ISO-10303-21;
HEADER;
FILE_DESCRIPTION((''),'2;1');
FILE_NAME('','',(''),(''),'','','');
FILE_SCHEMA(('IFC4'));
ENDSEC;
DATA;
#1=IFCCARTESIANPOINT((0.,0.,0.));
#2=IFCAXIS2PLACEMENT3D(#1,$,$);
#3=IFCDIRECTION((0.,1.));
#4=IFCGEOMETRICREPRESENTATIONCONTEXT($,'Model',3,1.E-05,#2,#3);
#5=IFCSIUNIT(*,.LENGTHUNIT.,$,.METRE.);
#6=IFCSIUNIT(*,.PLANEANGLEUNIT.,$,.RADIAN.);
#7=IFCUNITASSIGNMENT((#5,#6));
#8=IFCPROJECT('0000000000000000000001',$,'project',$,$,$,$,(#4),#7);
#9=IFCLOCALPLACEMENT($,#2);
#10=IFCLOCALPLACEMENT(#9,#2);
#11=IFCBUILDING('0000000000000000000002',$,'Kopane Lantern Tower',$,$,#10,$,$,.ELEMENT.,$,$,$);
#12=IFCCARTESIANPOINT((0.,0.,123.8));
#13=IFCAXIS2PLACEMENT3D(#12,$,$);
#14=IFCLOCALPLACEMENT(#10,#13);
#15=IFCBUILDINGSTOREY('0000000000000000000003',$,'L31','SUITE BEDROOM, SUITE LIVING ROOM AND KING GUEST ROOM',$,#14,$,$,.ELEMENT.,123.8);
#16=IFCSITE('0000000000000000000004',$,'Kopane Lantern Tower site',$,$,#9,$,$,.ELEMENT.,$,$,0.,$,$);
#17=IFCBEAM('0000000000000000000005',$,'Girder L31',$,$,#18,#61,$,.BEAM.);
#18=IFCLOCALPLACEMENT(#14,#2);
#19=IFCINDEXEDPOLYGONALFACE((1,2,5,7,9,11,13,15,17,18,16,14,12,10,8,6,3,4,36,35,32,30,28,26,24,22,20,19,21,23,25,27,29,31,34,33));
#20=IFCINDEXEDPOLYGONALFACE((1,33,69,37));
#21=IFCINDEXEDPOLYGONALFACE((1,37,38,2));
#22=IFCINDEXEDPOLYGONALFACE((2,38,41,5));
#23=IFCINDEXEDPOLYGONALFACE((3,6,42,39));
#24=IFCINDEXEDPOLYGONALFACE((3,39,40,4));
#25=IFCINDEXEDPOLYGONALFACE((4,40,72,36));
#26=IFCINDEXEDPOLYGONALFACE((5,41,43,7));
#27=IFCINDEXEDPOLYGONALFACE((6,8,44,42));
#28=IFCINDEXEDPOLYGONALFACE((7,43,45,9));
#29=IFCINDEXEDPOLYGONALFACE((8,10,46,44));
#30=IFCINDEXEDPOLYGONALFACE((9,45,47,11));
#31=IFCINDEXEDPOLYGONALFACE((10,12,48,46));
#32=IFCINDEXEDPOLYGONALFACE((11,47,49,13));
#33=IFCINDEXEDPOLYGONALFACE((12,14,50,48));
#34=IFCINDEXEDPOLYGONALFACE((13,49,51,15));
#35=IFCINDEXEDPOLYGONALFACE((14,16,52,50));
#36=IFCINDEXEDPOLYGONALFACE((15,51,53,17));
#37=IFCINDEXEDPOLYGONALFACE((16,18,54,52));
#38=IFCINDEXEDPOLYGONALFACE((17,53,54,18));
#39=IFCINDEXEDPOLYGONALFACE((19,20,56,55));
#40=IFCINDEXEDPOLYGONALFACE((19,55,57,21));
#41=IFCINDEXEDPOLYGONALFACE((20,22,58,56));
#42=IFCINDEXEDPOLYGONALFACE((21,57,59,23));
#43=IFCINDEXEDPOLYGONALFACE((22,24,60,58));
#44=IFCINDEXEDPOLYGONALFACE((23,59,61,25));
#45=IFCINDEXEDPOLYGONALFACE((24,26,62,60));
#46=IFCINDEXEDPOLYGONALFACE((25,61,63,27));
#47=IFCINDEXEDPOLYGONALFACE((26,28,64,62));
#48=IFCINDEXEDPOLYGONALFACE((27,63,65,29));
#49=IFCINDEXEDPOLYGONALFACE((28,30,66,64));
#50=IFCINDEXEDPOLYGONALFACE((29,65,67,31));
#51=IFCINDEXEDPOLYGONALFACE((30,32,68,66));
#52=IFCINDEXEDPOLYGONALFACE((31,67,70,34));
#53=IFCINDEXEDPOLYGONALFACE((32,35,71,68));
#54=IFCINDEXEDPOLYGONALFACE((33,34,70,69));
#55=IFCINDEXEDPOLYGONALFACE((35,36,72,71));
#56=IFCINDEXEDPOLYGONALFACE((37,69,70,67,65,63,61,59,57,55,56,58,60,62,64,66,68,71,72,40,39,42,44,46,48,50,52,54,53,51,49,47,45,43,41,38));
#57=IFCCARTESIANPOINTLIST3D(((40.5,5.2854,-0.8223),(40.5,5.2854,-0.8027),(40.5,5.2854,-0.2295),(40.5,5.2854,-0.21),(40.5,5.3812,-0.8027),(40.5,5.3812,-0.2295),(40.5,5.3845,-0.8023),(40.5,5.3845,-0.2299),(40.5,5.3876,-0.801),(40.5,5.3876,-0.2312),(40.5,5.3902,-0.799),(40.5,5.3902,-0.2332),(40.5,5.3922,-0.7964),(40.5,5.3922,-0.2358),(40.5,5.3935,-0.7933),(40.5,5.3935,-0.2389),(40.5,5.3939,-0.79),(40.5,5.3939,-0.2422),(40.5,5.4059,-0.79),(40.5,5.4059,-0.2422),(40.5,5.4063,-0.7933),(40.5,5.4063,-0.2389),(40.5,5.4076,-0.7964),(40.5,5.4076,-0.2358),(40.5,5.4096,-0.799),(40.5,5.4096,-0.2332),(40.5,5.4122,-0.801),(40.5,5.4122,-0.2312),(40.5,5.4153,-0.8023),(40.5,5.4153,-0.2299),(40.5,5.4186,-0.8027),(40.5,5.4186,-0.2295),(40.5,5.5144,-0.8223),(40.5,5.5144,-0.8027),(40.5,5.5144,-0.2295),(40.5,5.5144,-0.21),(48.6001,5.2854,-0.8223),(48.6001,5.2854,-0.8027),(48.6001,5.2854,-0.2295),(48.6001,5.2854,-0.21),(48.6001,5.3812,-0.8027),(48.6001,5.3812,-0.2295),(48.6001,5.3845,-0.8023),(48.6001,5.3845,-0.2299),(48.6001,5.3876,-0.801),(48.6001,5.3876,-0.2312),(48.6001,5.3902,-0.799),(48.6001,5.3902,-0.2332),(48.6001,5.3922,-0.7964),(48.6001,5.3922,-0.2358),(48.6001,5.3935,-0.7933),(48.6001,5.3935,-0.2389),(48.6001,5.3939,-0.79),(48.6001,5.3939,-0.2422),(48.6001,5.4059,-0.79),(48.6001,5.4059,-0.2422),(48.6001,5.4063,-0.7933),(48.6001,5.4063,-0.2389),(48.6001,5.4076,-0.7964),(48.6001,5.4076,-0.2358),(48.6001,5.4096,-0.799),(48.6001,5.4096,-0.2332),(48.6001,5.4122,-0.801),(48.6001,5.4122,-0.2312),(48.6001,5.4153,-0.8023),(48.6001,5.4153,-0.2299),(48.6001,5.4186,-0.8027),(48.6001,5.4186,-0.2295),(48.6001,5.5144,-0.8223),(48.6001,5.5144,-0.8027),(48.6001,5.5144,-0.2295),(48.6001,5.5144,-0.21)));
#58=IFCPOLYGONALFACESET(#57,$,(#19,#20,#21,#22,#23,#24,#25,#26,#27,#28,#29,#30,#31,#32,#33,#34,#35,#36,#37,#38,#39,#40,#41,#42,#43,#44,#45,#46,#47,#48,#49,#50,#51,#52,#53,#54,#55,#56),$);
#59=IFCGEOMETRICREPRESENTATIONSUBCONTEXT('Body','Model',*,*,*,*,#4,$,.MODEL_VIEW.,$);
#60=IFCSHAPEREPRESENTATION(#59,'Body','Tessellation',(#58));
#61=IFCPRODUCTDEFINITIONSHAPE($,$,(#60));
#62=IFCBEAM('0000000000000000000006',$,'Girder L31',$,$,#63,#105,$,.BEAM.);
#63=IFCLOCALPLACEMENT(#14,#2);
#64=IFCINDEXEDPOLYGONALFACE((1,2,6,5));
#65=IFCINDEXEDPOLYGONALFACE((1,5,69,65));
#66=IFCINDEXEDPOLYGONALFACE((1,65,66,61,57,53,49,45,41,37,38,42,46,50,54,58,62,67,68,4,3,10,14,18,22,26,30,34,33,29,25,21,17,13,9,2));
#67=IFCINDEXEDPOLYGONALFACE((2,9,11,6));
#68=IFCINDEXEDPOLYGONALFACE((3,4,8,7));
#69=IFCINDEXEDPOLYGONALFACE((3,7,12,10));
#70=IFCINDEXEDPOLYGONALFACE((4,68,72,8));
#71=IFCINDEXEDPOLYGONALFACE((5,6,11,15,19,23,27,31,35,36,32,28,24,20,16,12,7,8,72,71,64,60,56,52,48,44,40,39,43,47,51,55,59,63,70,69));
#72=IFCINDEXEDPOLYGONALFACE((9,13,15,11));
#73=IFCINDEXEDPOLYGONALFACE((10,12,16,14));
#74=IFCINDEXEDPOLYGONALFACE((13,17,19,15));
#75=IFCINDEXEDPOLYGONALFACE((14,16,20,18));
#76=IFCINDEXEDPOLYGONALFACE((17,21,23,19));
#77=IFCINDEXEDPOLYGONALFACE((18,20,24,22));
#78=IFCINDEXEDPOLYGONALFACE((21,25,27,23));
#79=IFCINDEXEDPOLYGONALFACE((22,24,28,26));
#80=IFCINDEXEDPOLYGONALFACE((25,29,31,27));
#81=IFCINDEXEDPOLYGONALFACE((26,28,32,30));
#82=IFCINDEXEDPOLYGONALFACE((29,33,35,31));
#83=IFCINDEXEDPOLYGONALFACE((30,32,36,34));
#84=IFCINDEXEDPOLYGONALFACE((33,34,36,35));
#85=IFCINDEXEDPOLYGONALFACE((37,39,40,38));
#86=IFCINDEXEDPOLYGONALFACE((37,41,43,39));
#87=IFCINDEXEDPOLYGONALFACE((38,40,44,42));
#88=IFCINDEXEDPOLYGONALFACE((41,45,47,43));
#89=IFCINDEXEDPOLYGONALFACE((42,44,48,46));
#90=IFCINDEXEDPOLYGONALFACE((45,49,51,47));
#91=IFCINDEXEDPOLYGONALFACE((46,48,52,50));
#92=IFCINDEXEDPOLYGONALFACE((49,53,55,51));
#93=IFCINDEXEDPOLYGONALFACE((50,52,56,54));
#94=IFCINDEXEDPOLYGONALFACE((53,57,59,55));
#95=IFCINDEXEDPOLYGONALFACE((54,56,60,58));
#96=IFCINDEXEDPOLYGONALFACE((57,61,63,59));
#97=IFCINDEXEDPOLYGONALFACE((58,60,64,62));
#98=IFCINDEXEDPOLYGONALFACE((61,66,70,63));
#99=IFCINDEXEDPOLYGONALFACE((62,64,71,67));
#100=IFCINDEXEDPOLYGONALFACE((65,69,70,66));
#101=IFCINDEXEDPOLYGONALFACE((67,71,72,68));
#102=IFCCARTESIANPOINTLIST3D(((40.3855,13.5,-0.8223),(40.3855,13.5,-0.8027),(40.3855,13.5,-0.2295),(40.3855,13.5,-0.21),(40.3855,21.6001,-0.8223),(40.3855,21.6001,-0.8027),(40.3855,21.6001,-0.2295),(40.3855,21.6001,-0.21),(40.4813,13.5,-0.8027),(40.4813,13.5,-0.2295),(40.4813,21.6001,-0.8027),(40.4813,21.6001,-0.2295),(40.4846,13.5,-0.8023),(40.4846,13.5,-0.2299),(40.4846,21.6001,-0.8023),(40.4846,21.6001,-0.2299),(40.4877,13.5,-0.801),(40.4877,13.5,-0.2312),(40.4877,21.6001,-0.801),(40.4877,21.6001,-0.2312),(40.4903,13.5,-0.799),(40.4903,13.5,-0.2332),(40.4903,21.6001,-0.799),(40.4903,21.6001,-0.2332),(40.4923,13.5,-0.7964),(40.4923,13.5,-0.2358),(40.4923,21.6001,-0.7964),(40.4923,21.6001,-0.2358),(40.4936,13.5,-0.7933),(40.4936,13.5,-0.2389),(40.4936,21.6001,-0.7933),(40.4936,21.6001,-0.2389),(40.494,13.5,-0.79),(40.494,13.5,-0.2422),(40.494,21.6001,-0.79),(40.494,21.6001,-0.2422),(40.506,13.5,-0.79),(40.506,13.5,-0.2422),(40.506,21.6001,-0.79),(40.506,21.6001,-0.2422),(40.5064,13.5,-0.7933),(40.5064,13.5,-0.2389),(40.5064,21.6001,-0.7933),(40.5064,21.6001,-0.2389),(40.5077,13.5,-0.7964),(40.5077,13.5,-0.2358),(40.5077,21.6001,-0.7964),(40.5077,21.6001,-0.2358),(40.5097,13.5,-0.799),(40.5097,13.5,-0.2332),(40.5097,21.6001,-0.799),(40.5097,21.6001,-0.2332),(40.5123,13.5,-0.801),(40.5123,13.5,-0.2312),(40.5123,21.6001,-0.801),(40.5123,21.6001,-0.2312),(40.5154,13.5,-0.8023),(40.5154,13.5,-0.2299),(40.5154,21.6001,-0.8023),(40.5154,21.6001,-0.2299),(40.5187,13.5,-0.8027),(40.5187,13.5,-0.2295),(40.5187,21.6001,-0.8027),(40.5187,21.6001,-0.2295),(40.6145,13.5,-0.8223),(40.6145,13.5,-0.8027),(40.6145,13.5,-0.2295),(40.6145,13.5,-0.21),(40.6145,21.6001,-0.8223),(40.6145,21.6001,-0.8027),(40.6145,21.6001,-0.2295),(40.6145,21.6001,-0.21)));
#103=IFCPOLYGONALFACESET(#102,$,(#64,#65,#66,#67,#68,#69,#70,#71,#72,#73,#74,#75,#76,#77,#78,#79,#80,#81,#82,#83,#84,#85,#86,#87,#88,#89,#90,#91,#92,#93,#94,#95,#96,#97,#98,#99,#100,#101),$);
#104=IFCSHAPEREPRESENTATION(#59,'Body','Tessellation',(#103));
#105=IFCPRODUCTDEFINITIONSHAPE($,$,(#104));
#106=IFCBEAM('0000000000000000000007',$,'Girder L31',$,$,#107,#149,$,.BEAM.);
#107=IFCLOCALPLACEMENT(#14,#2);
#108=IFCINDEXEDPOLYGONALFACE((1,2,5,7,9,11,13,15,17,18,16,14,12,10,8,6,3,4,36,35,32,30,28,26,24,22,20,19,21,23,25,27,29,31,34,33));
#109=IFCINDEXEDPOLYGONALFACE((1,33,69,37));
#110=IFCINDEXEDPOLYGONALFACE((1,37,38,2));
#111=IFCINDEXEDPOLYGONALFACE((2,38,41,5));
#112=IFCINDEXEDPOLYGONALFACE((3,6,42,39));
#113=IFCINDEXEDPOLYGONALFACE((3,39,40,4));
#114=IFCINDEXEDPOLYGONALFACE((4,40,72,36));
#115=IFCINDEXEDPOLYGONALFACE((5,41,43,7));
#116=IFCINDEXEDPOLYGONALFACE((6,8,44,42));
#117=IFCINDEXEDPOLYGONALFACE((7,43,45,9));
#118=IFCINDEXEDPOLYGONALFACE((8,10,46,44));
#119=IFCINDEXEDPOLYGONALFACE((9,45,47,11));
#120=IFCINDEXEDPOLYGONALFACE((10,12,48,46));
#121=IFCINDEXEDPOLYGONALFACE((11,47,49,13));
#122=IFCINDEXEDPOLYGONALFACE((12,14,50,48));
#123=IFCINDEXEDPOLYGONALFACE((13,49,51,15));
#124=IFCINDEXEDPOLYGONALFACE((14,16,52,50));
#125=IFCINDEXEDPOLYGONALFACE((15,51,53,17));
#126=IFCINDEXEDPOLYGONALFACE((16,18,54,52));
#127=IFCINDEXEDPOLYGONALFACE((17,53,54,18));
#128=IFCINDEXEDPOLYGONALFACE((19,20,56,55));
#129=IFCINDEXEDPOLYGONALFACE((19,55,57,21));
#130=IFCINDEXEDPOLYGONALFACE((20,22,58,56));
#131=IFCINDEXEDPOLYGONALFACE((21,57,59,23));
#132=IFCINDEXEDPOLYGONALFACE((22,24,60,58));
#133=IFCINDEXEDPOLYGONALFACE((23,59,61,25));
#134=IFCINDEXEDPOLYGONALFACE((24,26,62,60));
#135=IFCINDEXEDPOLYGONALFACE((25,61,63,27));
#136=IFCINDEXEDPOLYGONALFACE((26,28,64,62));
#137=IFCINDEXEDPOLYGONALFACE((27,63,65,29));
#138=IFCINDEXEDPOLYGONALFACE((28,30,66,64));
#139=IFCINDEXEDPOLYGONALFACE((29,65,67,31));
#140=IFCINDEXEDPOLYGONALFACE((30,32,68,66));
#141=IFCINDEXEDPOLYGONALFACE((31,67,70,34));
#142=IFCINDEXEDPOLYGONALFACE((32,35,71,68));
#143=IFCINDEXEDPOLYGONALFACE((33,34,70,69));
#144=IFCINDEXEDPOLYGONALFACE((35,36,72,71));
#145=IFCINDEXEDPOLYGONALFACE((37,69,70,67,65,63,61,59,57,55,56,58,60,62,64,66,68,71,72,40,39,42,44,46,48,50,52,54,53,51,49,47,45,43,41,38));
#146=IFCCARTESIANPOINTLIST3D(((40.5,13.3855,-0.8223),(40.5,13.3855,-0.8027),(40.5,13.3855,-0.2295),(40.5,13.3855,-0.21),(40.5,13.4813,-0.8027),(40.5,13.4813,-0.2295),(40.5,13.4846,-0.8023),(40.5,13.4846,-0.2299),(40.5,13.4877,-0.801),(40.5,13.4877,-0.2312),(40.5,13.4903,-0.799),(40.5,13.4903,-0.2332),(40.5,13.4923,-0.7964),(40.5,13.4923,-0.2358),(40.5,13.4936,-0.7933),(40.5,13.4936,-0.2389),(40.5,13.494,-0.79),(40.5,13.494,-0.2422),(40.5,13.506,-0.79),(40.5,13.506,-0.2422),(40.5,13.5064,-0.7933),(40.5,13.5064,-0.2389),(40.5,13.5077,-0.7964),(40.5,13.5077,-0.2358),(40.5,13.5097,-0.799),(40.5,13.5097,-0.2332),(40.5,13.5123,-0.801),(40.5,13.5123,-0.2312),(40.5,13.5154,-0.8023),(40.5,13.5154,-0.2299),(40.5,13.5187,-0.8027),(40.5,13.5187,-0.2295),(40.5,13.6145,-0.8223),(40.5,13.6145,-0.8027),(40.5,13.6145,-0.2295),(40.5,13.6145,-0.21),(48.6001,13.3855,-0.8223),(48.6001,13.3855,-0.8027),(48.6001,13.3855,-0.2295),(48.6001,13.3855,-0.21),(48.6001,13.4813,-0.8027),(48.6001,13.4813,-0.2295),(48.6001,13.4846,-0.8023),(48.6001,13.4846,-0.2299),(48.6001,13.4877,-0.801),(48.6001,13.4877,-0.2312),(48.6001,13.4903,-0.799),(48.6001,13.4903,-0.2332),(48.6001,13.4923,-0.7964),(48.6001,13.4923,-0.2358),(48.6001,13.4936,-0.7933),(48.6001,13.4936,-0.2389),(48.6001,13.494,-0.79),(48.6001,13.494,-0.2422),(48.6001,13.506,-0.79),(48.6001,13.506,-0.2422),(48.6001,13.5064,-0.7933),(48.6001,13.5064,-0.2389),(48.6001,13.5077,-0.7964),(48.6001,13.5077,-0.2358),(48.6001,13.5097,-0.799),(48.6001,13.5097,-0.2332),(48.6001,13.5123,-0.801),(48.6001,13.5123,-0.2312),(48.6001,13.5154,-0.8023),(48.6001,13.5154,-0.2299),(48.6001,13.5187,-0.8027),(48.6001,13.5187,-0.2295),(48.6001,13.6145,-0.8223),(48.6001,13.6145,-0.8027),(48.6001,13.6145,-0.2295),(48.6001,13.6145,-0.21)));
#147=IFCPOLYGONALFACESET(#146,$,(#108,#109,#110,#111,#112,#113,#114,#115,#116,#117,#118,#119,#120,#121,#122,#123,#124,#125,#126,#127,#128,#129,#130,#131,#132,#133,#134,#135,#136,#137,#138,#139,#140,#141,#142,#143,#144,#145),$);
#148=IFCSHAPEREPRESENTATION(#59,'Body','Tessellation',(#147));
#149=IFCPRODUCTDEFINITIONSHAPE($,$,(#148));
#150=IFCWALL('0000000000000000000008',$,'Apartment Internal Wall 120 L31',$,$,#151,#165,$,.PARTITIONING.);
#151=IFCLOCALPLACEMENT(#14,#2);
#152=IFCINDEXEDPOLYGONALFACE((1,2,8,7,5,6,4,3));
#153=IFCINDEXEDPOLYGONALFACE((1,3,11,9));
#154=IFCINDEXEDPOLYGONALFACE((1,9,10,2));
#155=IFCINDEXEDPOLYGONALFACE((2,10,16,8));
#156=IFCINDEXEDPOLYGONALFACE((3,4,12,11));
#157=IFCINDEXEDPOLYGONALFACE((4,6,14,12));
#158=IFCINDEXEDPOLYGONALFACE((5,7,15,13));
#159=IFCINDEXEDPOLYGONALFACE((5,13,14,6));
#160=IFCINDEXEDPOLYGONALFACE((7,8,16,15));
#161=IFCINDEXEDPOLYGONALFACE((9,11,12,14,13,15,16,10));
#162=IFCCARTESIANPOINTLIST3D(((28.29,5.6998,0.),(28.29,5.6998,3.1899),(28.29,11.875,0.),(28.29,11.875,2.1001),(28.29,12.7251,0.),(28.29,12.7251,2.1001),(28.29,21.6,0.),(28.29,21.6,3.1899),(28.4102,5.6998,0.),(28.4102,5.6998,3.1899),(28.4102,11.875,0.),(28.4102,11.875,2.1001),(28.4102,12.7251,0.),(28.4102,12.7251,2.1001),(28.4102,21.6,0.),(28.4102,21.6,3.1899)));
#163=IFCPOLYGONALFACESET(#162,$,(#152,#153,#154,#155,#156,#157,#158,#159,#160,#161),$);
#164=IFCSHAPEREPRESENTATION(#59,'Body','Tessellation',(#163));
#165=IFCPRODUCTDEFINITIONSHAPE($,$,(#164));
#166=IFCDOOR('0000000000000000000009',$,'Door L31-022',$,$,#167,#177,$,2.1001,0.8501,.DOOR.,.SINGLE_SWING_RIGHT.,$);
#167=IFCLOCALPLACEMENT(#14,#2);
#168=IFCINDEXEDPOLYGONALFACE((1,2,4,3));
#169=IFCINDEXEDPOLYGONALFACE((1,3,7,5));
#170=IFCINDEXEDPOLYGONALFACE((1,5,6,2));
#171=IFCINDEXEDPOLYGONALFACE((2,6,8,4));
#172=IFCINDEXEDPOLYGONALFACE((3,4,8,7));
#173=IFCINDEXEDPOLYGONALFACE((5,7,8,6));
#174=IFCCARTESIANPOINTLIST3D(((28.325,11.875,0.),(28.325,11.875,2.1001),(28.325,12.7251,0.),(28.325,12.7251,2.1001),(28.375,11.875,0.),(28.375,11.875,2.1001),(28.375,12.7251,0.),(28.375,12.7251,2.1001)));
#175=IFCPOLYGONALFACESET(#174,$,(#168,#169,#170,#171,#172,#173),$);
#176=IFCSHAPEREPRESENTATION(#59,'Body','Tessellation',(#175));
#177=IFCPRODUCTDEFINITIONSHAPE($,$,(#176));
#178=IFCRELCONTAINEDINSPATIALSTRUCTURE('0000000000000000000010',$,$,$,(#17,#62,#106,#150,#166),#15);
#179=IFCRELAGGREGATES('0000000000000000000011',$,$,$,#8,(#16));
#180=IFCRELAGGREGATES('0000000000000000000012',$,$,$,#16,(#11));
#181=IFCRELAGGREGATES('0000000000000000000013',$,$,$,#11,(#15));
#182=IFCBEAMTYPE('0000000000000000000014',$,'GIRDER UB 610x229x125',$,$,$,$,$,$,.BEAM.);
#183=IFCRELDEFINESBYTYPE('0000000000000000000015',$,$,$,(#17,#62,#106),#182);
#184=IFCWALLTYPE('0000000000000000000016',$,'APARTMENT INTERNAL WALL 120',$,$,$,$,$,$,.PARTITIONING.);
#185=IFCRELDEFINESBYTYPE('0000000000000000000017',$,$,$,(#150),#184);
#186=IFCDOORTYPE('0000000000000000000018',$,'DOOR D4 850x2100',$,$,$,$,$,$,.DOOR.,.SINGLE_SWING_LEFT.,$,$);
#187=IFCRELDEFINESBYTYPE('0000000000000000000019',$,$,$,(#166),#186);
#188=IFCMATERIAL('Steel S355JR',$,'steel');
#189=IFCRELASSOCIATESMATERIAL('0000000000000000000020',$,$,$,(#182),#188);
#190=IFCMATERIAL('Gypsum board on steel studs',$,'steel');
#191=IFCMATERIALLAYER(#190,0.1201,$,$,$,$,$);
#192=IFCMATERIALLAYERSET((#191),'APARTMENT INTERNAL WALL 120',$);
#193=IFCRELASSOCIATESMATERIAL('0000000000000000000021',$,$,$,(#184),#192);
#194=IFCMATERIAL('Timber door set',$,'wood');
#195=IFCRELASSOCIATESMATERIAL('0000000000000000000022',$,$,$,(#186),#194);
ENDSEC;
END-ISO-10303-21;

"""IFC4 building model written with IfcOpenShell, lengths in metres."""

from ifc_helpers import new_model, si_unit, direction, frame, frame_2d, origin, origin_2d, place, context, subcontext, project, spatial, rectangle, i_section, extrude, material, layer, layer_set, material_profile, profile_set, type_object, element, fill, save


model = new_model("IFC4")

# Units and contexts
model_context = context("Model", 3, precision=1e-05, world=origin(), true_north=direction((0.0, 1.0)))
body_context = subcontext(model_context, "Body", "Model", "MODEL_VIEW")
ifc_project = project(units=[si_unit("LENGTHUNIT", "METRE"), si_unit("PLANEANGLEUNIT", "RADIAN")], contexts=[model_context])

# Site, building, storey
site_placement = place(None, origin())
site = spatial("IfcSite", under=ifc_project, at=site_placement, Name="Kopane Lantern Tower site", CompositionType="ELEMENT", RefElevation=0.0)
building_placement = place(site_placement, origin())
building = spatial("IfcBuilding", under=site, at=building_placement, Name="Kopane Lantern Tower", CompositionType="ELEMENT")
storey_placement = place(building_placement, frame((0.0, 0.0, 123.8)))
storey = spatial("IfcBuildingStorey", under=building, at=storey_placement, Name="L31", Description="SUITE BEDROOM, SUITE LIVING ROOM AND KING GUEST ROOM", CompositionType="ELEMENT", Elevation=123.8)

# Beams
ifc_material_1 = material(Name="Steel S355JR", Category="steel")
ifc_material_profile_1 = material_profile(ifc_material_1, i_section(OverallWidth=0.229, OverallDepth=0.6123, WebThickness=0.012, FlangeThickness=0.0195, FilletRadius=0.0127, at=origin_2d()), Name="UB 610x229x125")
ifc_profile_set_1 = profile_set([ifc_material_profile_1], Name="Steel S355JR")
beam_type_1 = type_object("IfcBeamType", Name="GIRDER UB 610x229x125", PredefinedType="BEAM", material=ifc_profile_set_1)
for number, where, z_axis, x_axis, name in (
    (1, (40.5, 5.3999, -0.5161), (1.0, 0.0, 0.0), (0.0, 1.0, 0.0), "Girder L31"),
    (2, (40.5, 13.5, -0.5161), (0.0, 1.0, 0.0), (-1.0, 0.0, 0.0), "Girder L31"),
    (3, (40.5, 13.5, -0.5161), (1.0, 0.0, 0.0), (0.0, 1.0, 0.0), "Girder L31"),
):
    element("IfcBeam", number, at=place(storey_placement, frame(where, z_axis=z_axis, x_axis=x_axis)), inside=storey, type_object=beam_type_1, Name=name, PredefinedType="BEAM", context=body_context, shape_type="SweptSolid", body=[
        extrude(i_section(OverallWidth=0.229, OverallDepth=0.6123, WebThickness=0.012, FlangeThickness=0.0195, FilletRadius=0.0127, at=origin_2d()), origin(), (0.0, 0.0, 1.0), 8.1001),
    ])

# Wall, opening, door
ifc_material_2 = material(Name="Gypsum board on steel studs", Category="steel")
ifc_layer_1 = layer(ifc_material_2, 0.1201)
ifc_layer_set_1 = layer_set([ifc_layer_1], Name="APARTMENT INTERNAL WALL 120")
wall_type_1 = type_object("IfcWallType", Name="APARTMENT INTERNAL WALL 120", PredefinedType="PARTITIONING", material=ifc_layer_set_1)
wall_1_placement = place(storey_placement, frame((28.3501, 21.6001, 0.0), z_axis=(0.0, 0.0, 1.0), x_axis=(0.0, -1.0, 0.0)))
wall_1 = element("IfcWall", 4, at=wall_1_placement, inside=storey, type_object=wall_type_1, Name="Apartment Internal Wall 120 L31", PredefinedType="PARTITIONING", context=body_context, shape_type="SweptSolid", body=[
    extrude(rectangle(XDim=15.9001, YDim=0.1201, at=frame_2d((7.9502, 0.0))), origin(), (0.0, 0.0, 1.0), 3.1899),
])
opening_1_placement = place(wall_1_placement, frame((8.875, 0.0, 0.0)))
opening_1 = element("IfcOpeningElement", 5, at=opening_1_placement, cuts=wall_1, PredefinedType="OPENING", context=body_context, shape_type="SweptSolid", body=[
    extrude(rectangle(XDim=0.8501, YDim=2.1001, at=frame_2d((0.425, 1.05))), frame((0.0, 0.0701, 0.0), z_axis=(0.0, -1.0, 0.0), x_axis=(1.0, 0.0, 0.0)), (0.0, 0.0, 1.0), 0.1401),
])
ifc_material_3 = material(Name="Timber door set", Category="wood")
door_type_1 = type_object("IfcDoorType", Name="DOOR D4 850x2100", OperationType="SINGLE_SWING_LEFT", PredefinedType="DOOR", material=ifc_material_3)
door_1_placement = place(opening_1_placement, origin())
door_1 = element("IfcDoor", 6, at=door_1_placement, inside=storey, type_object=door_type_1, Name="Door L31-022", OperationType="SINGLE_SWING_RIGHT", OverallHeight=2.1001, OverallWidth=0.8501, PredefinedType="DOOR", context=body_context, shape_type="SweptSolid", body=[
    extrude(rectangle(XDim=0.8501, YDim=2.1001, at=frame_2d((0.425, 1.05))), frame((0.0, 0.0249, 0.0), z_axis=(0.0, -1.0, 0.0), x_axis=(1.0, 0.0, 0.0)), (0.0, 0.0, 1.0), 0.05),
])
fill(opening_1, door_1)

save(model, "model.ifc")
